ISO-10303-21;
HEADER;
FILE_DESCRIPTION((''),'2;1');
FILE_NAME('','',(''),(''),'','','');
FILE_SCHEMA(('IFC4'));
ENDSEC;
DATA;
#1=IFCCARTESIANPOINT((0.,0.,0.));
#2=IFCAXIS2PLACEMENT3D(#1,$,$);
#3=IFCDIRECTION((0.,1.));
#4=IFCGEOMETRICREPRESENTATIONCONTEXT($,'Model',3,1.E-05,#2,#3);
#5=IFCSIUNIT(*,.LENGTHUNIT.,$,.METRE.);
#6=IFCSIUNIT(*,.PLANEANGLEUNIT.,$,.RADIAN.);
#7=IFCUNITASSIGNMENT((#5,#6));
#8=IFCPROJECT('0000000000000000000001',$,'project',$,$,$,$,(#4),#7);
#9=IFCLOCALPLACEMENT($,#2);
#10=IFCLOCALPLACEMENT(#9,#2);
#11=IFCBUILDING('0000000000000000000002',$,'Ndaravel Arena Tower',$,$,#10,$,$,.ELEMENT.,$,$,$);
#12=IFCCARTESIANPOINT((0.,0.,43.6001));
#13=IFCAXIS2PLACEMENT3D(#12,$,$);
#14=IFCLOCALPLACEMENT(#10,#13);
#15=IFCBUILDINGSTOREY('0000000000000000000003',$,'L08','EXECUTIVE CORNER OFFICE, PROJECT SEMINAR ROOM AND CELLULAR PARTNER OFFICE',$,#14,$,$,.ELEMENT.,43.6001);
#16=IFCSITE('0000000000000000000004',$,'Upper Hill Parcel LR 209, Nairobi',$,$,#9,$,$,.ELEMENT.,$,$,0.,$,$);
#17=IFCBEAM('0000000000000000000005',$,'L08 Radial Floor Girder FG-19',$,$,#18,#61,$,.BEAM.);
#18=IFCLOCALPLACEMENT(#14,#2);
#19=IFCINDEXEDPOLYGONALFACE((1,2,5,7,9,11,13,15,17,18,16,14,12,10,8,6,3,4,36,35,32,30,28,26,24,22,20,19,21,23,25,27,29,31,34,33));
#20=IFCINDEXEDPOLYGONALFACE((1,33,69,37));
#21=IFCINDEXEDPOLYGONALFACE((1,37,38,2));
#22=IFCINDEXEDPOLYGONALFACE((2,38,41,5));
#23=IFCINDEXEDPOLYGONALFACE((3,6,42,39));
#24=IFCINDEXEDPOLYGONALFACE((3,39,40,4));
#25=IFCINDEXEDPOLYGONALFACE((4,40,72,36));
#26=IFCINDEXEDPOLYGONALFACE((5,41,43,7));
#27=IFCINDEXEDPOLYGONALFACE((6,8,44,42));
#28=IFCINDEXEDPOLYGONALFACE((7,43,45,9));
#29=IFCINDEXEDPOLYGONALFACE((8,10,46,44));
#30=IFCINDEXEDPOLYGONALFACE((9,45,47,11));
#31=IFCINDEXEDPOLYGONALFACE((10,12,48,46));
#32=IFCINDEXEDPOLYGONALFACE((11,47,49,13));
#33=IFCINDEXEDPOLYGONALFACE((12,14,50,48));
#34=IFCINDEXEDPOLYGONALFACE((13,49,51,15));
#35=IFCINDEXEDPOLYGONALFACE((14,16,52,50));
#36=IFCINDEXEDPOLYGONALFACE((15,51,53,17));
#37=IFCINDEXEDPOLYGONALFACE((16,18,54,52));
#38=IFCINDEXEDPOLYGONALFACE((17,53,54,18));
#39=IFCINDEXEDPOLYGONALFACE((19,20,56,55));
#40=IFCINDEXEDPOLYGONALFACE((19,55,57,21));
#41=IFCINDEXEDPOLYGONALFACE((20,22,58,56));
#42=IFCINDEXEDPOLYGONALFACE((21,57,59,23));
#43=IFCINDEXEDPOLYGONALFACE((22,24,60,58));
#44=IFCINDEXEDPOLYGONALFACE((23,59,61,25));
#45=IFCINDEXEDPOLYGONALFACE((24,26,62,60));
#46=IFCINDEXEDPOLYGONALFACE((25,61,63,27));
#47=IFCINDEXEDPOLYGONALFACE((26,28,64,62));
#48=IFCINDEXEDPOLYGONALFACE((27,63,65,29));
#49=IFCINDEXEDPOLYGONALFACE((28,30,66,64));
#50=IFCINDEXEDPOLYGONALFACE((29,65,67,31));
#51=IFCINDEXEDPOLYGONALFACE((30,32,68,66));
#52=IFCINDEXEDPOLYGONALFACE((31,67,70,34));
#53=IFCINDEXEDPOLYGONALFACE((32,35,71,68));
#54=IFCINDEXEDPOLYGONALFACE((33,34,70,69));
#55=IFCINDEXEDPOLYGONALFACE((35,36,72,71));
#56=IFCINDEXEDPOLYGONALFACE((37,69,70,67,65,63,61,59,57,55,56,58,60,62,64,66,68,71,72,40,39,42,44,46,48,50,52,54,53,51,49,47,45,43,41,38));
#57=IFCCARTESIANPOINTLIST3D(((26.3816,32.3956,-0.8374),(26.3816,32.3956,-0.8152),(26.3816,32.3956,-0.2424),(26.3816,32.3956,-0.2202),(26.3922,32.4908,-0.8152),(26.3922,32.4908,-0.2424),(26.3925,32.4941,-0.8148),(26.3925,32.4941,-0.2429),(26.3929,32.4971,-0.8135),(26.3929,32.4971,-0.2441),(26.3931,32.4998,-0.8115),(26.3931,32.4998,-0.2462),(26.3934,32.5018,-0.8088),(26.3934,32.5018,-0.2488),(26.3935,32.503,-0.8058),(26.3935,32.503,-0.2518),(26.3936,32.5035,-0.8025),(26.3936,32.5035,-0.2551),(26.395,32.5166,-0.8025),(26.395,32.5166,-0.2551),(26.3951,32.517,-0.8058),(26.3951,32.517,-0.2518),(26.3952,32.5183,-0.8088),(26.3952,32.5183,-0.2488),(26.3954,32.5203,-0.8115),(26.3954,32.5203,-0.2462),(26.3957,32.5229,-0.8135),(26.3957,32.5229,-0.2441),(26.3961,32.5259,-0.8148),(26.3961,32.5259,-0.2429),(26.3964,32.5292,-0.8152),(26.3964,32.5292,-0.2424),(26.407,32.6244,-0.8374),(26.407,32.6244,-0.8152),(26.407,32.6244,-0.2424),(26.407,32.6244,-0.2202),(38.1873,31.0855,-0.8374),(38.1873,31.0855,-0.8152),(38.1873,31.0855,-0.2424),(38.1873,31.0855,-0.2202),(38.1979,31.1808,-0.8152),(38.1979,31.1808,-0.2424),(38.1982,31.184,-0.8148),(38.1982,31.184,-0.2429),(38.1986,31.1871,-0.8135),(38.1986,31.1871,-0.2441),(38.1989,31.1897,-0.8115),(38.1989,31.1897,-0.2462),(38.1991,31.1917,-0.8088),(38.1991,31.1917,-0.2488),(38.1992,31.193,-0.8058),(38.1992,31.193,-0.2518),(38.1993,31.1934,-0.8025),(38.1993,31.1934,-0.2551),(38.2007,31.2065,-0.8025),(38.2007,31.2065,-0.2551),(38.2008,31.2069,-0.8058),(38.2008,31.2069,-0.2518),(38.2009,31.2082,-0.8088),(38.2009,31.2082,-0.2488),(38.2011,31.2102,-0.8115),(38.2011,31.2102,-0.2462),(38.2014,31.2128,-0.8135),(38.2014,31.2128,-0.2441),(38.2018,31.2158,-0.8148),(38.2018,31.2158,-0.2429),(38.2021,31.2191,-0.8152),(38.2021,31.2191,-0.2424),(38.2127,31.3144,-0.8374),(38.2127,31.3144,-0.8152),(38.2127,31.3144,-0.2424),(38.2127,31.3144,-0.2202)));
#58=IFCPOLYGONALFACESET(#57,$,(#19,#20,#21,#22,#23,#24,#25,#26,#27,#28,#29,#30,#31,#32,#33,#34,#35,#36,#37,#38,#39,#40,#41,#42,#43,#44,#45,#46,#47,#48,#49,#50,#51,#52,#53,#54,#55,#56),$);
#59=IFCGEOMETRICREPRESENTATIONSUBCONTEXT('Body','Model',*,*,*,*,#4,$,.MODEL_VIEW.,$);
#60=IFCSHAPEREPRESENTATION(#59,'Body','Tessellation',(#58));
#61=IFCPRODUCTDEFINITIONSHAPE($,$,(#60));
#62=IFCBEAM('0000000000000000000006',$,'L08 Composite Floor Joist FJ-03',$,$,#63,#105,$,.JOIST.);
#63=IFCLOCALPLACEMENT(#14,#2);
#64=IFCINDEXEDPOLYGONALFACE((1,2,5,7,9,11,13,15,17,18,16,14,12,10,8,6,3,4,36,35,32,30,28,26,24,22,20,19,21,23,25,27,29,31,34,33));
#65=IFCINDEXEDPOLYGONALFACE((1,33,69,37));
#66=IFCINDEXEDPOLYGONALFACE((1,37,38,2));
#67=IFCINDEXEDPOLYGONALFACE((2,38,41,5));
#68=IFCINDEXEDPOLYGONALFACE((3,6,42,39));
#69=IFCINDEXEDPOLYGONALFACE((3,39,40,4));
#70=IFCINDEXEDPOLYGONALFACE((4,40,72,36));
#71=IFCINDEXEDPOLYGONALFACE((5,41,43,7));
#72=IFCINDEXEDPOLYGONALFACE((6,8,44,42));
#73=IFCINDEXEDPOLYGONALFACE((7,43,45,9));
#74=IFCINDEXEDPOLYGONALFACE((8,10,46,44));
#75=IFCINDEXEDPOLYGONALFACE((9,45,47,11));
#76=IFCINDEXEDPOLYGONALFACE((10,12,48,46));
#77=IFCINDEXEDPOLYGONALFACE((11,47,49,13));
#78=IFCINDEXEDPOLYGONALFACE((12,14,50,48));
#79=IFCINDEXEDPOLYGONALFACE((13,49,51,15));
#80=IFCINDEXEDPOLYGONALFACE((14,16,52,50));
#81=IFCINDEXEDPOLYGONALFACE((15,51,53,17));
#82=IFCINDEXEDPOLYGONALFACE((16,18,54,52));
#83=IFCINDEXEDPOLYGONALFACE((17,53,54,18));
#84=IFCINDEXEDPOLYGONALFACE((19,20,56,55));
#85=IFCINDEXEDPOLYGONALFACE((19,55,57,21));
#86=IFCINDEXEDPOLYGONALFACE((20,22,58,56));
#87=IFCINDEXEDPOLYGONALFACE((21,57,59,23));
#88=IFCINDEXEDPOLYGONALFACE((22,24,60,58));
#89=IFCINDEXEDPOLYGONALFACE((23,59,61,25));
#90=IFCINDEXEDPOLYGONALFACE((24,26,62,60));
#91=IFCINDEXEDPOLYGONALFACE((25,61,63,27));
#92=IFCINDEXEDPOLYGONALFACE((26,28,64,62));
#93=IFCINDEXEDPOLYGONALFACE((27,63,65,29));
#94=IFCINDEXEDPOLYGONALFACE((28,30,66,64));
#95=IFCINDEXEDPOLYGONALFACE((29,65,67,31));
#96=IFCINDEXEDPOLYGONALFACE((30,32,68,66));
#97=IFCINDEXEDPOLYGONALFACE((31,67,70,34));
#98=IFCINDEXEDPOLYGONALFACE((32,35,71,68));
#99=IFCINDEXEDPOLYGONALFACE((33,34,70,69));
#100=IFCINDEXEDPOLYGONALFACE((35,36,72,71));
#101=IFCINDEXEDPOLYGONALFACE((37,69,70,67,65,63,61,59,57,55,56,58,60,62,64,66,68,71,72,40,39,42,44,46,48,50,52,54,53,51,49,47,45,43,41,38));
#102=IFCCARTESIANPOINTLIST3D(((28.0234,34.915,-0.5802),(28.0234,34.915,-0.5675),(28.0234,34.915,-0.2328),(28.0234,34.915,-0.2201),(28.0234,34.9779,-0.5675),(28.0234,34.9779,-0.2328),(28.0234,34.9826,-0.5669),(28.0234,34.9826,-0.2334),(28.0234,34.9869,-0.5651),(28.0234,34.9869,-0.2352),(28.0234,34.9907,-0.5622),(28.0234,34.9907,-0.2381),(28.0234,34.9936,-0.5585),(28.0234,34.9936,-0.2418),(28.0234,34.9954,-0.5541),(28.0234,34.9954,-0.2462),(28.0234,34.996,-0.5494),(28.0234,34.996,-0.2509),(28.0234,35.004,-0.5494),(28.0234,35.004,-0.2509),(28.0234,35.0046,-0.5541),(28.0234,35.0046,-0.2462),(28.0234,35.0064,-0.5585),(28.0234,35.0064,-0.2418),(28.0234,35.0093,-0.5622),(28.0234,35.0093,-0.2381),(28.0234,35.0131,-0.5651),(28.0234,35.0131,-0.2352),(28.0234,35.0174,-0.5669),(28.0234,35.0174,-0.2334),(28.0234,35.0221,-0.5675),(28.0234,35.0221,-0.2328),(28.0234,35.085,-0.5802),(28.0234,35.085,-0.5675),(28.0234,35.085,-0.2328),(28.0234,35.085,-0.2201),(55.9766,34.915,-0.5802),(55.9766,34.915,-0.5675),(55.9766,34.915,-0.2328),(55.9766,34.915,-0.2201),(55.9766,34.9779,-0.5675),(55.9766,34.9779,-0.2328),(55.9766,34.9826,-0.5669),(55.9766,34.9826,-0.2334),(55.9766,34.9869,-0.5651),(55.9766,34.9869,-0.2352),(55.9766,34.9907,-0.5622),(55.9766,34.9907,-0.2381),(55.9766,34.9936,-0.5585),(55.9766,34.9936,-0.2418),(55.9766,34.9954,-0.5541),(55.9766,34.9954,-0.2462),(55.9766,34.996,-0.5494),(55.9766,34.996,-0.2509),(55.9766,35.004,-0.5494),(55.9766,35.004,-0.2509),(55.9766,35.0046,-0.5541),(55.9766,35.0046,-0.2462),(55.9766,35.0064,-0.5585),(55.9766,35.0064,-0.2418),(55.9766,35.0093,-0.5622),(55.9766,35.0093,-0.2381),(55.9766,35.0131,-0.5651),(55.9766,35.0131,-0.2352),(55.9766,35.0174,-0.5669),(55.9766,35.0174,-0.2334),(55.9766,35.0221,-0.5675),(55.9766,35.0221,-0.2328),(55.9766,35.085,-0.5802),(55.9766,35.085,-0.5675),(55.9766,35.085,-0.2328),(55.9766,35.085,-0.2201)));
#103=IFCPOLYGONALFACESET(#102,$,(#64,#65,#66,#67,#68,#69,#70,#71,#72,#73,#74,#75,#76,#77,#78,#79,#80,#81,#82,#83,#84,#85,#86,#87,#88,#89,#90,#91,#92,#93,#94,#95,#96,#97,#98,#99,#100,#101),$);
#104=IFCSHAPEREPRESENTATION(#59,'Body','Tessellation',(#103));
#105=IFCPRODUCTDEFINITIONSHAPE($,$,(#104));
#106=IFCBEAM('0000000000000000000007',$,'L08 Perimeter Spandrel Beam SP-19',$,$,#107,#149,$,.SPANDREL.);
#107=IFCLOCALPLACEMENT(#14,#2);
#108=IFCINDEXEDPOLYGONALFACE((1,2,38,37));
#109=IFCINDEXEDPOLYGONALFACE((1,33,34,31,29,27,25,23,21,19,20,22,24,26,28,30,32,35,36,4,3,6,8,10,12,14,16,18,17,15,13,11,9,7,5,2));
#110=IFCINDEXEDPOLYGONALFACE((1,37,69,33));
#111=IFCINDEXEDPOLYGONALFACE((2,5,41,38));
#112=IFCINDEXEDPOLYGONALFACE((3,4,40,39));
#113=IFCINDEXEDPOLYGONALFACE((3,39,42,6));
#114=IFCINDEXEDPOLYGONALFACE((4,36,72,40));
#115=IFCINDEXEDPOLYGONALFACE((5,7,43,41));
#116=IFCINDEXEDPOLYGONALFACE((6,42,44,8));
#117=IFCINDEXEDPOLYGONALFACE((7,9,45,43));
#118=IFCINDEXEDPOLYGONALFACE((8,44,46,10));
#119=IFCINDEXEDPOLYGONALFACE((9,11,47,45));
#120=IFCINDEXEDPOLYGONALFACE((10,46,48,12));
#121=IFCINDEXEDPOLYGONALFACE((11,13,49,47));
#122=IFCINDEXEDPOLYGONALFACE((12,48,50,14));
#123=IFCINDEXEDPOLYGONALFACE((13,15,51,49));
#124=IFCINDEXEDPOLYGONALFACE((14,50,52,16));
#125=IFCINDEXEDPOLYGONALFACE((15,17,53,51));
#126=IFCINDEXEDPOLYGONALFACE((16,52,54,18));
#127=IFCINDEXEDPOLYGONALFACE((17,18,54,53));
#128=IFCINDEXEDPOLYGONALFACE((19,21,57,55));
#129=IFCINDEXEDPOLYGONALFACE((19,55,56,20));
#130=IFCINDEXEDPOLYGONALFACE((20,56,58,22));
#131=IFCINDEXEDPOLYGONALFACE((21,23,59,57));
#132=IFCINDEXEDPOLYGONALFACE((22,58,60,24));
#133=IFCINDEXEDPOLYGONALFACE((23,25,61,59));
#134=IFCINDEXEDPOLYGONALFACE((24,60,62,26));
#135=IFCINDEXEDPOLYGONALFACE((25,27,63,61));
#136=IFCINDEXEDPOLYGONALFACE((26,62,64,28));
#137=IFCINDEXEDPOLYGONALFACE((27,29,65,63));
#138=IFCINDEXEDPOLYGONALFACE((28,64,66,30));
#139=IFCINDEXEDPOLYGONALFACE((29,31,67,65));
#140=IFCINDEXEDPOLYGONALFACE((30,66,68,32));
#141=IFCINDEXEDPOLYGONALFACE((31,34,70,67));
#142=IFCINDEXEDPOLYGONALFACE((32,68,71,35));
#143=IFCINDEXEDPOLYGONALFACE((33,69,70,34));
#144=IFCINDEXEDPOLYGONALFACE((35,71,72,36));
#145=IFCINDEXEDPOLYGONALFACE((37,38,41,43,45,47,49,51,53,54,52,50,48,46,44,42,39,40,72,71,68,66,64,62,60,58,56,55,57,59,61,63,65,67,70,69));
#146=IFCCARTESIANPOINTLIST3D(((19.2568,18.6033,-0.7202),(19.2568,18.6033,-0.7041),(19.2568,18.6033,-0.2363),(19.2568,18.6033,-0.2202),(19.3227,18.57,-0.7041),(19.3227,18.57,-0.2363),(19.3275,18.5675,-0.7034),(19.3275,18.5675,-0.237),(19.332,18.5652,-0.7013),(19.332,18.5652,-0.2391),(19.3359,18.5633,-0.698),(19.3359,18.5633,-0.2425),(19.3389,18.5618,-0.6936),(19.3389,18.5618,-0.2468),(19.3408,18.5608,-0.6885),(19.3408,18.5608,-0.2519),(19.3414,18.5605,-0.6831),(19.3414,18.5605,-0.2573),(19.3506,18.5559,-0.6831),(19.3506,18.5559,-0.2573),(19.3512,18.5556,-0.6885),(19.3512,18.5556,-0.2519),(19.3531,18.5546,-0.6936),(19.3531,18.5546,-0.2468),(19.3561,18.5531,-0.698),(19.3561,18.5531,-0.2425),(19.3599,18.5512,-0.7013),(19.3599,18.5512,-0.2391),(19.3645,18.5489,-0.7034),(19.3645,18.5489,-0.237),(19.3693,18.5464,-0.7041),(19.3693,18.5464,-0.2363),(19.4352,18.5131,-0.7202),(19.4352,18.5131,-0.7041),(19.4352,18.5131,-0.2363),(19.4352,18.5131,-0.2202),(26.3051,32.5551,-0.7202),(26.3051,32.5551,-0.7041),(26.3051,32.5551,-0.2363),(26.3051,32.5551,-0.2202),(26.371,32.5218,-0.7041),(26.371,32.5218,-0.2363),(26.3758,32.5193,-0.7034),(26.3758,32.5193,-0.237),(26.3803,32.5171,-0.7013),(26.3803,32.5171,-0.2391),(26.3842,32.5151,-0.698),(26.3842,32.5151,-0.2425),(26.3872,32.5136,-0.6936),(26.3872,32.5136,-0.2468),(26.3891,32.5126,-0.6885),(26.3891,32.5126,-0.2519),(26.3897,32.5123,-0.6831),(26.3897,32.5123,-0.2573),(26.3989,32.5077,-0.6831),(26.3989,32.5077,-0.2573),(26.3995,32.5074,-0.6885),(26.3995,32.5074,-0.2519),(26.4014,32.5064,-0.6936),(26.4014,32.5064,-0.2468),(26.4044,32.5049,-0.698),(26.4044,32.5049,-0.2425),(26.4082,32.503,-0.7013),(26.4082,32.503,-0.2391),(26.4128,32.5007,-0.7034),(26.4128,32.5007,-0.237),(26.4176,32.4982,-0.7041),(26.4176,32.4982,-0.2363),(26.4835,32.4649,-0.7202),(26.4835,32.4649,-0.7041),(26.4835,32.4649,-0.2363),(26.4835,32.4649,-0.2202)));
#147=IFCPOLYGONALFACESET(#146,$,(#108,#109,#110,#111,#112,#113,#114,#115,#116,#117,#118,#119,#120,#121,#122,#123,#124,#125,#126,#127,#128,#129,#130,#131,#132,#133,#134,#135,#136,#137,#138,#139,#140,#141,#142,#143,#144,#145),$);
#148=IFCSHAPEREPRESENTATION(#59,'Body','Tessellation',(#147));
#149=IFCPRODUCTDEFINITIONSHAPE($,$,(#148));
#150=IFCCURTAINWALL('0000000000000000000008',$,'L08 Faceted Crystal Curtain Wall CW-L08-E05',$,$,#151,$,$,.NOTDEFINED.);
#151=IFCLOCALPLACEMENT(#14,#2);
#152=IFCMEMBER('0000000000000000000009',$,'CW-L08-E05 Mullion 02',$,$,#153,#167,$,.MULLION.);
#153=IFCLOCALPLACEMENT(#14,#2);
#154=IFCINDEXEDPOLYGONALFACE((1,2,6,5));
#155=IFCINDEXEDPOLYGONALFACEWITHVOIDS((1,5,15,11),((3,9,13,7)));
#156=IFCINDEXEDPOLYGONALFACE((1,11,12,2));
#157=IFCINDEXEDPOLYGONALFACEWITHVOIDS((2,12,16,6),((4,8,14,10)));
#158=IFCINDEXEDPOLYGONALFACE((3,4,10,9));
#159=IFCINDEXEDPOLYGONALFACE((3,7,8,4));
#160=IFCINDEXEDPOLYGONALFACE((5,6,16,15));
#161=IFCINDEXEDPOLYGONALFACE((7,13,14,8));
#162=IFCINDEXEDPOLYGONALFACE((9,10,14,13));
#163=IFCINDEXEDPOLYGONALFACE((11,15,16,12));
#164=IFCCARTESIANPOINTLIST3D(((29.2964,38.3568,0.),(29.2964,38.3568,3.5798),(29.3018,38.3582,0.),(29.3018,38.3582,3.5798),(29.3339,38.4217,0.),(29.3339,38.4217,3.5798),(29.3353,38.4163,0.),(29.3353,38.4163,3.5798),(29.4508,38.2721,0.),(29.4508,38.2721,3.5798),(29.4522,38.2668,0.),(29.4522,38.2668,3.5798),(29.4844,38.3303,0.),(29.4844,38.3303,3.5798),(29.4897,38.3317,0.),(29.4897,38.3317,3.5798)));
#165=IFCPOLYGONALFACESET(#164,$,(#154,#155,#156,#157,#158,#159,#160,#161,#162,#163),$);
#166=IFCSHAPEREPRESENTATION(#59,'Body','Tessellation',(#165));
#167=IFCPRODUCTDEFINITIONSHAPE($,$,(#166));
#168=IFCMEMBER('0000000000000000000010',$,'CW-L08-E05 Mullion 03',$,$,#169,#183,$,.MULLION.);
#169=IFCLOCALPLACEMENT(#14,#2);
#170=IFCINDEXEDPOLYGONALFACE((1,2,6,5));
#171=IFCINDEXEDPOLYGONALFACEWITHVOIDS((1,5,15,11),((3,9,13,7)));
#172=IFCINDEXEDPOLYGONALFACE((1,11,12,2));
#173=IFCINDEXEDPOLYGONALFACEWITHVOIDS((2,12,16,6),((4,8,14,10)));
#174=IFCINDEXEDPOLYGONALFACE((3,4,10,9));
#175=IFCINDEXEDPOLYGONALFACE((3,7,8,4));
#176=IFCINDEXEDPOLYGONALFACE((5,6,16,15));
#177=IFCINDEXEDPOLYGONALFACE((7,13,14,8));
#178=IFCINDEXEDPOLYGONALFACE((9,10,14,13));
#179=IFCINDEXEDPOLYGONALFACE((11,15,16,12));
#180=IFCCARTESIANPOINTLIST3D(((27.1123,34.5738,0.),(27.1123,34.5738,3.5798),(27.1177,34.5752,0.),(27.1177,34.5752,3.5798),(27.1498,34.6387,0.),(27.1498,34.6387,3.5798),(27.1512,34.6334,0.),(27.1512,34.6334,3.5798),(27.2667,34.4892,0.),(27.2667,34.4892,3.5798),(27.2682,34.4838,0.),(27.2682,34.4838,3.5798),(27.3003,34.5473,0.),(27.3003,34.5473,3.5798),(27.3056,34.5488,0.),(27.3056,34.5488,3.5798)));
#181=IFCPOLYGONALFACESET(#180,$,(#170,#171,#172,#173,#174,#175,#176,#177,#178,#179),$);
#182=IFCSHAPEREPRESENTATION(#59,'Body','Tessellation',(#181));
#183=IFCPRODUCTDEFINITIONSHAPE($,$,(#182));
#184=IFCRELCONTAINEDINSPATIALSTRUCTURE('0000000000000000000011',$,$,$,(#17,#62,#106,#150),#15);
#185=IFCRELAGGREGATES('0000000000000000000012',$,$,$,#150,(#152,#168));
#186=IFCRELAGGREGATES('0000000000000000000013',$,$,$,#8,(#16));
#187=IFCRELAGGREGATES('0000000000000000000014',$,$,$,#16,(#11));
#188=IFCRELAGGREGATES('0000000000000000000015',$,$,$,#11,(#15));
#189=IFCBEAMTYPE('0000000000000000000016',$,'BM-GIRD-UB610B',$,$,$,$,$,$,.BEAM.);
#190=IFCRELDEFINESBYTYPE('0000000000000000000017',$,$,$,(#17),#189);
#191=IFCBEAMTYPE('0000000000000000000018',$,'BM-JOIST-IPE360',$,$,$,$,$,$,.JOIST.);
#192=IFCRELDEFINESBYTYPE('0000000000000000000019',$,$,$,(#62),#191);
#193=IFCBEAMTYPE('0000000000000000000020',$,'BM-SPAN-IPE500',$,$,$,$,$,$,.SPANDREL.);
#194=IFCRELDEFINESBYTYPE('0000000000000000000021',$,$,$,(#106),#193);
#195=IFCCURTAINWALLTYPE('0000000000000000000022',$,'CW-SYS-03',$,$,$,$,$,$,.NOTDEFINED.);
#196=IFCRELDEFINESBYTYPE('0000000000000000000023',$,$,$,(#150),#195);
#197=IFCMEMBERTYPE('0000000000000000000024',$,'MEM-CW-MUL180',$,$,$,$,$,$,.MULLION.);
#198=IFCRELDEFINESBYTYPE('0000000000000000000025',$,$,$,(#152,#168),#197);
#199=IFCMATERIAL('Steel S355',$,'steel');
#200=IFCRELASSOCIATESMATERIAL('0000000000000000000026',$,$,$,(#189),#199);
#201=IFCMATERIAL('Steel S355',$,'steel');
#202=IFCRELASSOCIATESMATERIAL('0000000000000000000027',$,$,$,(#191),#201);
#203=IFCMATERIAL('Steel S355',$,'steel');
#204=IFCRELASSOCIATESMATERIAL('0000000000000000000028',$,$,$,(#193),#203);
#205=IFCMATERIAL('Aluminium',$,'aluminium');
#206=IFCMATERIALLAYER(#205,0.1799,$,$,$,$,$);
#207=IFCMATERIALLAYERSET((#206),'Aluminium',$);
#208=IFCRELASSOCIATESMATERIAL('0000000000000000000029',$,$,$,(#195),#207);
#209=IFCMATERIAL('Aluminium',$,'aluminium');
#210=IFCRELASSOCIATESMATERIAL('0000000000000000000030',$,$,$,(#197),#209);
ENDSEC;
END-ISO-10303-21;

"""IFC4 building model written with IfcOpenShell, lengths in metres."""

from ifc_helpers import new_model, si_unit, direction, frame, origin, origin_2d, place, context, subcontext, project, spatial, hollow_rectangle, i_section, extrude, material, layer, layer_set, material_profile, profile_set, type_object, element, aggregate, save


model = new_model("IFC4")

# Units and contexts
model_context = context("Model", 3, precision=1e-05, world=origin(), true_north=direction((0.0, 1.0)))
body_context = subcontext(model_context, "Body", "Model", "MODEL_VIEW")
ifc_project = project(units=[si_unit("LENGTHUNIT", "METRE"), si_unit("PLANEANGLEUNIT", "RADIAN")], contexts=[model_context])

# Site, building, storey
site_placement = place(None, origin())
site = spatial("IfcSite", under=ifc_project, at=site_placement, Name="Upper Hill Parcel LR 209, Nairobi", CompositionType="ELEMENT", RefElevation=0.0)
building_placement = place(site_placement, origin())
building = spatial("IfcBuilding", under=site, at=building_placement, Name="Ndaravel Arena Tower", CompositionType="ELEMENT")
storey_placement = place(building_placement, frame((0.0, 0.0, 43.6001)))
storey = spatial("IfcBuildingStorey", under=building, at=storey_placement, Name="L08", Description="EXECUTIVE CORNER OFFICE, PROJECT SEMINAR ROOM AND CELLULAR PARTNER OFFICE", CompositionType="ELEMENT", Elevation=43.6001)

# Beams
ifc_material_1 = material(Name="Steel S355", Category="steel")
ifc_material_profile_1 = material_profile(ifc_material_1, i_section(OverallWidth=0.2302, OverallDepth=0.6172, WebThickness=0.0132, FlangeThickness=0.0222, FilletRadius=0.0127, at=origin_2d()), Name="UB 610x229x140")
ifc_profile_set_1 = profile_set([ifc_material_profile_1], Name="Steel S355")
beam_type_1 = type_object("IfcBeamType", Name="BM-GIRD-UB610B", PredefinedType="BEAM", material=ifc_profile_set_1)
beam_1_placement = place(storey_placement, frame((26.3943, 32.51, -0.5288), z_axis=(0.993899, -0.110292, 0.0), x_axis=(0.110292, 0.993899, 0.0)))
element("IfcBeam", 1, at=beam_1_placement, inside=storey, type_object=beam_type_1, Name="L08 Radial Floor Girder FG-19", PredefinedType="BEAM", context=body_context, shape_type="SweptSolid", body=[
    extrude(i_section(OverallWidth=0.2302, OverallDepth=0.6172, WebThickness=0.0132, FlangeThickness=0.0222, FilletRadius=0.0127, at=origin_2d()), origin(), (0.0, 0.0, 1.0), 11.8782),
])
ifc_material_2 = material(Name="Steel S355", Category="steel")
ifc_material_profile_2 = material_profile(ifc_material_2, i_section(OverallWidth=0.1699, OverallDepth=0.3601, WebThickness=0.0081, FlangeThickness=0.0127, FilletRadius=0.0181, at=origin_2d()), Name="IPE 360")
ifc_profile_set_2 = profile_set([ifc_material_profile_2], Name="Steel S355")
beam_type_2 = type_object("IfcBeamType", Name="BM-JOIST-IPE360", PredefinedType="JOIST", material=ifc_profile_set_2)
beam_2_placement = place(storey_placement, frame((28.0234, 35.0, -0.4001), z_axis=(1.0, 0.0, 0.0), x_axis=(0.0, 1.0, 0.0)))
element("IfcBeam", 2, at=beam_2_placement, inside=storey, type_object=beam_type_2, Name="L08 Composite Floor Joist FJ-03", PredefinedType="JOIST", context=body_context, shape_type="SweptSolid", body=[
    extrude(i_section(OverallWidth=0.1699, OverallDepth=0.3601, WebThickness=0.0081, FlangeThickness=0.0127, FilletRadius=0.0181, at=origin_2d()), origin(), (0.0, 0.0, 1.0), 27.9531),
])
ifc_material_3 = material(Name="Steel S355", Category="steel")
ifc_material_profile_3 = material_profile(ifc_material_3, i_section(OverallWidth=0.2, OverallDepth=0.5, WebThickness=0.0103, FlangeThickness=0.0161, FilletRadius=0.021, at=origin_2d()), Name="IPE 500")
ifc_profile_set_3 = profile_set([ifc_material_profile_3], Name="Steel S355")
beam_type_3 = type_object("IfcBeamType", Name="BM-SPAN-IPE500", PredefinedType="SPANDREL", material=ifc_profile_set_3)
beam_3_placement = place(storey_placement, frame((26.3943, 32.51, -0.4702), z_axis=(-0.450915, -0.892567, 0.0), x_axis=(0.892567, -0.450915, 0.0)))
element("IfcBeam", 3, at=beam_3_placement, inside=storey, type_object=beam_type_3, Name="L08 Perimeter Spandrel Beam SP-19", PredefinedType="SPANDREL", context=body_context, shape_type="SweptSolid", body=[
    extrude(i_section(OverallWidth=0.2, OverallDepth=0.5, WebThickness=0.0103, FlangeThickness=0.0161, FilletRadius=0.021, at=origin_2d()), origin(), (0.0, 0.0, 1.0), 15.6311),
])

# Curtain wall, members
ifc_material_4 = material(Name="Aluminium", Category="aluminium")
ifc_layer_1 = layer(ifc_material_4, 0.1799)
ifc_layer_set_1 = layer_set([ifc_layer_1], Name="Aluminium")
curtain_wall_type = type_object("IfcCurtainWallType", Name="CW-SYS-03", PredefinedType="NOTDEFINED", material=ifc_layer_set_1)
curtain_wall_placement = place(storey_placement, origin())
curtain_wall = element("IfcCurtainWall", 4, at=curtain_wall_placement, inside=storey, type_object=curtain_wall_type, Name="L08 Faceted Crystal Curtain Wall CW-L08-E05", PredefinedType="NOTDEFINED")
ifc_material_5 = material(Name="Aluminium", Category="aluminium")
ifc_material_profile_4 = material_profile(ifc_material_5, hollow_rectangle(XDim=0.075, YDim=0.1799, WallThickness=0.0039, at=origin_2d()), Name="CW MULLION 75x180x4")
ifc_profile_set_4 = profile_set([ifc_material_profile_4], Name="Aluminium")
member_type = type_object("IfcMemberType", Name="MEM-CW-MUL180", PredefinedType="MULLION", material=ifc_profile_set_4)
member_1_placement = place(storey_placement, frame((29.3931, 38.3442, 0.0), z_axis=(0.0, 0.0, 1.0), x_axis=(-0.5, -0.866025, 0.0)))
member_1 = element("IfcMember", 5, at=member_1_placement, type_object=member_type, Name="CW-L08-E05 Mullion 02", PredefinedType="MULLION", context=body_context, shape_type="SweptSolid", body=[
    extrude(hollow_rectangle(XDim=0.075, YDim=0.1799, WallThickness=0.0039, at=origin_2d()), origin(), (0.0, 0.0, 1.0), 3.5798),
])
member_2_placement = place(storey_placement, frame((27.209, 34.5613, 0.0), z_axis=(0.0, 0.0, 1.0), x_axis=(-0.5, -0.866025, 0.0)))
member_2 = element("IfcMember", 6, at=member_2_placement, type_object=member_type, Name="CW-L08-E05 Mullion 03", PredefinedType="MULLION", context=body_context, shape_type="SweptSolid", body=[
    extrude(hollow_rectangle(XDim=0.075, YDim=0.1799, WallThickness=0.0039, at=origin_2d()), origin(), (0.0, 0.0, 1.0), 3.5798),
])
aggregate(curtain_wall, [member_1, member_2])

save(model, "model.ifc")
